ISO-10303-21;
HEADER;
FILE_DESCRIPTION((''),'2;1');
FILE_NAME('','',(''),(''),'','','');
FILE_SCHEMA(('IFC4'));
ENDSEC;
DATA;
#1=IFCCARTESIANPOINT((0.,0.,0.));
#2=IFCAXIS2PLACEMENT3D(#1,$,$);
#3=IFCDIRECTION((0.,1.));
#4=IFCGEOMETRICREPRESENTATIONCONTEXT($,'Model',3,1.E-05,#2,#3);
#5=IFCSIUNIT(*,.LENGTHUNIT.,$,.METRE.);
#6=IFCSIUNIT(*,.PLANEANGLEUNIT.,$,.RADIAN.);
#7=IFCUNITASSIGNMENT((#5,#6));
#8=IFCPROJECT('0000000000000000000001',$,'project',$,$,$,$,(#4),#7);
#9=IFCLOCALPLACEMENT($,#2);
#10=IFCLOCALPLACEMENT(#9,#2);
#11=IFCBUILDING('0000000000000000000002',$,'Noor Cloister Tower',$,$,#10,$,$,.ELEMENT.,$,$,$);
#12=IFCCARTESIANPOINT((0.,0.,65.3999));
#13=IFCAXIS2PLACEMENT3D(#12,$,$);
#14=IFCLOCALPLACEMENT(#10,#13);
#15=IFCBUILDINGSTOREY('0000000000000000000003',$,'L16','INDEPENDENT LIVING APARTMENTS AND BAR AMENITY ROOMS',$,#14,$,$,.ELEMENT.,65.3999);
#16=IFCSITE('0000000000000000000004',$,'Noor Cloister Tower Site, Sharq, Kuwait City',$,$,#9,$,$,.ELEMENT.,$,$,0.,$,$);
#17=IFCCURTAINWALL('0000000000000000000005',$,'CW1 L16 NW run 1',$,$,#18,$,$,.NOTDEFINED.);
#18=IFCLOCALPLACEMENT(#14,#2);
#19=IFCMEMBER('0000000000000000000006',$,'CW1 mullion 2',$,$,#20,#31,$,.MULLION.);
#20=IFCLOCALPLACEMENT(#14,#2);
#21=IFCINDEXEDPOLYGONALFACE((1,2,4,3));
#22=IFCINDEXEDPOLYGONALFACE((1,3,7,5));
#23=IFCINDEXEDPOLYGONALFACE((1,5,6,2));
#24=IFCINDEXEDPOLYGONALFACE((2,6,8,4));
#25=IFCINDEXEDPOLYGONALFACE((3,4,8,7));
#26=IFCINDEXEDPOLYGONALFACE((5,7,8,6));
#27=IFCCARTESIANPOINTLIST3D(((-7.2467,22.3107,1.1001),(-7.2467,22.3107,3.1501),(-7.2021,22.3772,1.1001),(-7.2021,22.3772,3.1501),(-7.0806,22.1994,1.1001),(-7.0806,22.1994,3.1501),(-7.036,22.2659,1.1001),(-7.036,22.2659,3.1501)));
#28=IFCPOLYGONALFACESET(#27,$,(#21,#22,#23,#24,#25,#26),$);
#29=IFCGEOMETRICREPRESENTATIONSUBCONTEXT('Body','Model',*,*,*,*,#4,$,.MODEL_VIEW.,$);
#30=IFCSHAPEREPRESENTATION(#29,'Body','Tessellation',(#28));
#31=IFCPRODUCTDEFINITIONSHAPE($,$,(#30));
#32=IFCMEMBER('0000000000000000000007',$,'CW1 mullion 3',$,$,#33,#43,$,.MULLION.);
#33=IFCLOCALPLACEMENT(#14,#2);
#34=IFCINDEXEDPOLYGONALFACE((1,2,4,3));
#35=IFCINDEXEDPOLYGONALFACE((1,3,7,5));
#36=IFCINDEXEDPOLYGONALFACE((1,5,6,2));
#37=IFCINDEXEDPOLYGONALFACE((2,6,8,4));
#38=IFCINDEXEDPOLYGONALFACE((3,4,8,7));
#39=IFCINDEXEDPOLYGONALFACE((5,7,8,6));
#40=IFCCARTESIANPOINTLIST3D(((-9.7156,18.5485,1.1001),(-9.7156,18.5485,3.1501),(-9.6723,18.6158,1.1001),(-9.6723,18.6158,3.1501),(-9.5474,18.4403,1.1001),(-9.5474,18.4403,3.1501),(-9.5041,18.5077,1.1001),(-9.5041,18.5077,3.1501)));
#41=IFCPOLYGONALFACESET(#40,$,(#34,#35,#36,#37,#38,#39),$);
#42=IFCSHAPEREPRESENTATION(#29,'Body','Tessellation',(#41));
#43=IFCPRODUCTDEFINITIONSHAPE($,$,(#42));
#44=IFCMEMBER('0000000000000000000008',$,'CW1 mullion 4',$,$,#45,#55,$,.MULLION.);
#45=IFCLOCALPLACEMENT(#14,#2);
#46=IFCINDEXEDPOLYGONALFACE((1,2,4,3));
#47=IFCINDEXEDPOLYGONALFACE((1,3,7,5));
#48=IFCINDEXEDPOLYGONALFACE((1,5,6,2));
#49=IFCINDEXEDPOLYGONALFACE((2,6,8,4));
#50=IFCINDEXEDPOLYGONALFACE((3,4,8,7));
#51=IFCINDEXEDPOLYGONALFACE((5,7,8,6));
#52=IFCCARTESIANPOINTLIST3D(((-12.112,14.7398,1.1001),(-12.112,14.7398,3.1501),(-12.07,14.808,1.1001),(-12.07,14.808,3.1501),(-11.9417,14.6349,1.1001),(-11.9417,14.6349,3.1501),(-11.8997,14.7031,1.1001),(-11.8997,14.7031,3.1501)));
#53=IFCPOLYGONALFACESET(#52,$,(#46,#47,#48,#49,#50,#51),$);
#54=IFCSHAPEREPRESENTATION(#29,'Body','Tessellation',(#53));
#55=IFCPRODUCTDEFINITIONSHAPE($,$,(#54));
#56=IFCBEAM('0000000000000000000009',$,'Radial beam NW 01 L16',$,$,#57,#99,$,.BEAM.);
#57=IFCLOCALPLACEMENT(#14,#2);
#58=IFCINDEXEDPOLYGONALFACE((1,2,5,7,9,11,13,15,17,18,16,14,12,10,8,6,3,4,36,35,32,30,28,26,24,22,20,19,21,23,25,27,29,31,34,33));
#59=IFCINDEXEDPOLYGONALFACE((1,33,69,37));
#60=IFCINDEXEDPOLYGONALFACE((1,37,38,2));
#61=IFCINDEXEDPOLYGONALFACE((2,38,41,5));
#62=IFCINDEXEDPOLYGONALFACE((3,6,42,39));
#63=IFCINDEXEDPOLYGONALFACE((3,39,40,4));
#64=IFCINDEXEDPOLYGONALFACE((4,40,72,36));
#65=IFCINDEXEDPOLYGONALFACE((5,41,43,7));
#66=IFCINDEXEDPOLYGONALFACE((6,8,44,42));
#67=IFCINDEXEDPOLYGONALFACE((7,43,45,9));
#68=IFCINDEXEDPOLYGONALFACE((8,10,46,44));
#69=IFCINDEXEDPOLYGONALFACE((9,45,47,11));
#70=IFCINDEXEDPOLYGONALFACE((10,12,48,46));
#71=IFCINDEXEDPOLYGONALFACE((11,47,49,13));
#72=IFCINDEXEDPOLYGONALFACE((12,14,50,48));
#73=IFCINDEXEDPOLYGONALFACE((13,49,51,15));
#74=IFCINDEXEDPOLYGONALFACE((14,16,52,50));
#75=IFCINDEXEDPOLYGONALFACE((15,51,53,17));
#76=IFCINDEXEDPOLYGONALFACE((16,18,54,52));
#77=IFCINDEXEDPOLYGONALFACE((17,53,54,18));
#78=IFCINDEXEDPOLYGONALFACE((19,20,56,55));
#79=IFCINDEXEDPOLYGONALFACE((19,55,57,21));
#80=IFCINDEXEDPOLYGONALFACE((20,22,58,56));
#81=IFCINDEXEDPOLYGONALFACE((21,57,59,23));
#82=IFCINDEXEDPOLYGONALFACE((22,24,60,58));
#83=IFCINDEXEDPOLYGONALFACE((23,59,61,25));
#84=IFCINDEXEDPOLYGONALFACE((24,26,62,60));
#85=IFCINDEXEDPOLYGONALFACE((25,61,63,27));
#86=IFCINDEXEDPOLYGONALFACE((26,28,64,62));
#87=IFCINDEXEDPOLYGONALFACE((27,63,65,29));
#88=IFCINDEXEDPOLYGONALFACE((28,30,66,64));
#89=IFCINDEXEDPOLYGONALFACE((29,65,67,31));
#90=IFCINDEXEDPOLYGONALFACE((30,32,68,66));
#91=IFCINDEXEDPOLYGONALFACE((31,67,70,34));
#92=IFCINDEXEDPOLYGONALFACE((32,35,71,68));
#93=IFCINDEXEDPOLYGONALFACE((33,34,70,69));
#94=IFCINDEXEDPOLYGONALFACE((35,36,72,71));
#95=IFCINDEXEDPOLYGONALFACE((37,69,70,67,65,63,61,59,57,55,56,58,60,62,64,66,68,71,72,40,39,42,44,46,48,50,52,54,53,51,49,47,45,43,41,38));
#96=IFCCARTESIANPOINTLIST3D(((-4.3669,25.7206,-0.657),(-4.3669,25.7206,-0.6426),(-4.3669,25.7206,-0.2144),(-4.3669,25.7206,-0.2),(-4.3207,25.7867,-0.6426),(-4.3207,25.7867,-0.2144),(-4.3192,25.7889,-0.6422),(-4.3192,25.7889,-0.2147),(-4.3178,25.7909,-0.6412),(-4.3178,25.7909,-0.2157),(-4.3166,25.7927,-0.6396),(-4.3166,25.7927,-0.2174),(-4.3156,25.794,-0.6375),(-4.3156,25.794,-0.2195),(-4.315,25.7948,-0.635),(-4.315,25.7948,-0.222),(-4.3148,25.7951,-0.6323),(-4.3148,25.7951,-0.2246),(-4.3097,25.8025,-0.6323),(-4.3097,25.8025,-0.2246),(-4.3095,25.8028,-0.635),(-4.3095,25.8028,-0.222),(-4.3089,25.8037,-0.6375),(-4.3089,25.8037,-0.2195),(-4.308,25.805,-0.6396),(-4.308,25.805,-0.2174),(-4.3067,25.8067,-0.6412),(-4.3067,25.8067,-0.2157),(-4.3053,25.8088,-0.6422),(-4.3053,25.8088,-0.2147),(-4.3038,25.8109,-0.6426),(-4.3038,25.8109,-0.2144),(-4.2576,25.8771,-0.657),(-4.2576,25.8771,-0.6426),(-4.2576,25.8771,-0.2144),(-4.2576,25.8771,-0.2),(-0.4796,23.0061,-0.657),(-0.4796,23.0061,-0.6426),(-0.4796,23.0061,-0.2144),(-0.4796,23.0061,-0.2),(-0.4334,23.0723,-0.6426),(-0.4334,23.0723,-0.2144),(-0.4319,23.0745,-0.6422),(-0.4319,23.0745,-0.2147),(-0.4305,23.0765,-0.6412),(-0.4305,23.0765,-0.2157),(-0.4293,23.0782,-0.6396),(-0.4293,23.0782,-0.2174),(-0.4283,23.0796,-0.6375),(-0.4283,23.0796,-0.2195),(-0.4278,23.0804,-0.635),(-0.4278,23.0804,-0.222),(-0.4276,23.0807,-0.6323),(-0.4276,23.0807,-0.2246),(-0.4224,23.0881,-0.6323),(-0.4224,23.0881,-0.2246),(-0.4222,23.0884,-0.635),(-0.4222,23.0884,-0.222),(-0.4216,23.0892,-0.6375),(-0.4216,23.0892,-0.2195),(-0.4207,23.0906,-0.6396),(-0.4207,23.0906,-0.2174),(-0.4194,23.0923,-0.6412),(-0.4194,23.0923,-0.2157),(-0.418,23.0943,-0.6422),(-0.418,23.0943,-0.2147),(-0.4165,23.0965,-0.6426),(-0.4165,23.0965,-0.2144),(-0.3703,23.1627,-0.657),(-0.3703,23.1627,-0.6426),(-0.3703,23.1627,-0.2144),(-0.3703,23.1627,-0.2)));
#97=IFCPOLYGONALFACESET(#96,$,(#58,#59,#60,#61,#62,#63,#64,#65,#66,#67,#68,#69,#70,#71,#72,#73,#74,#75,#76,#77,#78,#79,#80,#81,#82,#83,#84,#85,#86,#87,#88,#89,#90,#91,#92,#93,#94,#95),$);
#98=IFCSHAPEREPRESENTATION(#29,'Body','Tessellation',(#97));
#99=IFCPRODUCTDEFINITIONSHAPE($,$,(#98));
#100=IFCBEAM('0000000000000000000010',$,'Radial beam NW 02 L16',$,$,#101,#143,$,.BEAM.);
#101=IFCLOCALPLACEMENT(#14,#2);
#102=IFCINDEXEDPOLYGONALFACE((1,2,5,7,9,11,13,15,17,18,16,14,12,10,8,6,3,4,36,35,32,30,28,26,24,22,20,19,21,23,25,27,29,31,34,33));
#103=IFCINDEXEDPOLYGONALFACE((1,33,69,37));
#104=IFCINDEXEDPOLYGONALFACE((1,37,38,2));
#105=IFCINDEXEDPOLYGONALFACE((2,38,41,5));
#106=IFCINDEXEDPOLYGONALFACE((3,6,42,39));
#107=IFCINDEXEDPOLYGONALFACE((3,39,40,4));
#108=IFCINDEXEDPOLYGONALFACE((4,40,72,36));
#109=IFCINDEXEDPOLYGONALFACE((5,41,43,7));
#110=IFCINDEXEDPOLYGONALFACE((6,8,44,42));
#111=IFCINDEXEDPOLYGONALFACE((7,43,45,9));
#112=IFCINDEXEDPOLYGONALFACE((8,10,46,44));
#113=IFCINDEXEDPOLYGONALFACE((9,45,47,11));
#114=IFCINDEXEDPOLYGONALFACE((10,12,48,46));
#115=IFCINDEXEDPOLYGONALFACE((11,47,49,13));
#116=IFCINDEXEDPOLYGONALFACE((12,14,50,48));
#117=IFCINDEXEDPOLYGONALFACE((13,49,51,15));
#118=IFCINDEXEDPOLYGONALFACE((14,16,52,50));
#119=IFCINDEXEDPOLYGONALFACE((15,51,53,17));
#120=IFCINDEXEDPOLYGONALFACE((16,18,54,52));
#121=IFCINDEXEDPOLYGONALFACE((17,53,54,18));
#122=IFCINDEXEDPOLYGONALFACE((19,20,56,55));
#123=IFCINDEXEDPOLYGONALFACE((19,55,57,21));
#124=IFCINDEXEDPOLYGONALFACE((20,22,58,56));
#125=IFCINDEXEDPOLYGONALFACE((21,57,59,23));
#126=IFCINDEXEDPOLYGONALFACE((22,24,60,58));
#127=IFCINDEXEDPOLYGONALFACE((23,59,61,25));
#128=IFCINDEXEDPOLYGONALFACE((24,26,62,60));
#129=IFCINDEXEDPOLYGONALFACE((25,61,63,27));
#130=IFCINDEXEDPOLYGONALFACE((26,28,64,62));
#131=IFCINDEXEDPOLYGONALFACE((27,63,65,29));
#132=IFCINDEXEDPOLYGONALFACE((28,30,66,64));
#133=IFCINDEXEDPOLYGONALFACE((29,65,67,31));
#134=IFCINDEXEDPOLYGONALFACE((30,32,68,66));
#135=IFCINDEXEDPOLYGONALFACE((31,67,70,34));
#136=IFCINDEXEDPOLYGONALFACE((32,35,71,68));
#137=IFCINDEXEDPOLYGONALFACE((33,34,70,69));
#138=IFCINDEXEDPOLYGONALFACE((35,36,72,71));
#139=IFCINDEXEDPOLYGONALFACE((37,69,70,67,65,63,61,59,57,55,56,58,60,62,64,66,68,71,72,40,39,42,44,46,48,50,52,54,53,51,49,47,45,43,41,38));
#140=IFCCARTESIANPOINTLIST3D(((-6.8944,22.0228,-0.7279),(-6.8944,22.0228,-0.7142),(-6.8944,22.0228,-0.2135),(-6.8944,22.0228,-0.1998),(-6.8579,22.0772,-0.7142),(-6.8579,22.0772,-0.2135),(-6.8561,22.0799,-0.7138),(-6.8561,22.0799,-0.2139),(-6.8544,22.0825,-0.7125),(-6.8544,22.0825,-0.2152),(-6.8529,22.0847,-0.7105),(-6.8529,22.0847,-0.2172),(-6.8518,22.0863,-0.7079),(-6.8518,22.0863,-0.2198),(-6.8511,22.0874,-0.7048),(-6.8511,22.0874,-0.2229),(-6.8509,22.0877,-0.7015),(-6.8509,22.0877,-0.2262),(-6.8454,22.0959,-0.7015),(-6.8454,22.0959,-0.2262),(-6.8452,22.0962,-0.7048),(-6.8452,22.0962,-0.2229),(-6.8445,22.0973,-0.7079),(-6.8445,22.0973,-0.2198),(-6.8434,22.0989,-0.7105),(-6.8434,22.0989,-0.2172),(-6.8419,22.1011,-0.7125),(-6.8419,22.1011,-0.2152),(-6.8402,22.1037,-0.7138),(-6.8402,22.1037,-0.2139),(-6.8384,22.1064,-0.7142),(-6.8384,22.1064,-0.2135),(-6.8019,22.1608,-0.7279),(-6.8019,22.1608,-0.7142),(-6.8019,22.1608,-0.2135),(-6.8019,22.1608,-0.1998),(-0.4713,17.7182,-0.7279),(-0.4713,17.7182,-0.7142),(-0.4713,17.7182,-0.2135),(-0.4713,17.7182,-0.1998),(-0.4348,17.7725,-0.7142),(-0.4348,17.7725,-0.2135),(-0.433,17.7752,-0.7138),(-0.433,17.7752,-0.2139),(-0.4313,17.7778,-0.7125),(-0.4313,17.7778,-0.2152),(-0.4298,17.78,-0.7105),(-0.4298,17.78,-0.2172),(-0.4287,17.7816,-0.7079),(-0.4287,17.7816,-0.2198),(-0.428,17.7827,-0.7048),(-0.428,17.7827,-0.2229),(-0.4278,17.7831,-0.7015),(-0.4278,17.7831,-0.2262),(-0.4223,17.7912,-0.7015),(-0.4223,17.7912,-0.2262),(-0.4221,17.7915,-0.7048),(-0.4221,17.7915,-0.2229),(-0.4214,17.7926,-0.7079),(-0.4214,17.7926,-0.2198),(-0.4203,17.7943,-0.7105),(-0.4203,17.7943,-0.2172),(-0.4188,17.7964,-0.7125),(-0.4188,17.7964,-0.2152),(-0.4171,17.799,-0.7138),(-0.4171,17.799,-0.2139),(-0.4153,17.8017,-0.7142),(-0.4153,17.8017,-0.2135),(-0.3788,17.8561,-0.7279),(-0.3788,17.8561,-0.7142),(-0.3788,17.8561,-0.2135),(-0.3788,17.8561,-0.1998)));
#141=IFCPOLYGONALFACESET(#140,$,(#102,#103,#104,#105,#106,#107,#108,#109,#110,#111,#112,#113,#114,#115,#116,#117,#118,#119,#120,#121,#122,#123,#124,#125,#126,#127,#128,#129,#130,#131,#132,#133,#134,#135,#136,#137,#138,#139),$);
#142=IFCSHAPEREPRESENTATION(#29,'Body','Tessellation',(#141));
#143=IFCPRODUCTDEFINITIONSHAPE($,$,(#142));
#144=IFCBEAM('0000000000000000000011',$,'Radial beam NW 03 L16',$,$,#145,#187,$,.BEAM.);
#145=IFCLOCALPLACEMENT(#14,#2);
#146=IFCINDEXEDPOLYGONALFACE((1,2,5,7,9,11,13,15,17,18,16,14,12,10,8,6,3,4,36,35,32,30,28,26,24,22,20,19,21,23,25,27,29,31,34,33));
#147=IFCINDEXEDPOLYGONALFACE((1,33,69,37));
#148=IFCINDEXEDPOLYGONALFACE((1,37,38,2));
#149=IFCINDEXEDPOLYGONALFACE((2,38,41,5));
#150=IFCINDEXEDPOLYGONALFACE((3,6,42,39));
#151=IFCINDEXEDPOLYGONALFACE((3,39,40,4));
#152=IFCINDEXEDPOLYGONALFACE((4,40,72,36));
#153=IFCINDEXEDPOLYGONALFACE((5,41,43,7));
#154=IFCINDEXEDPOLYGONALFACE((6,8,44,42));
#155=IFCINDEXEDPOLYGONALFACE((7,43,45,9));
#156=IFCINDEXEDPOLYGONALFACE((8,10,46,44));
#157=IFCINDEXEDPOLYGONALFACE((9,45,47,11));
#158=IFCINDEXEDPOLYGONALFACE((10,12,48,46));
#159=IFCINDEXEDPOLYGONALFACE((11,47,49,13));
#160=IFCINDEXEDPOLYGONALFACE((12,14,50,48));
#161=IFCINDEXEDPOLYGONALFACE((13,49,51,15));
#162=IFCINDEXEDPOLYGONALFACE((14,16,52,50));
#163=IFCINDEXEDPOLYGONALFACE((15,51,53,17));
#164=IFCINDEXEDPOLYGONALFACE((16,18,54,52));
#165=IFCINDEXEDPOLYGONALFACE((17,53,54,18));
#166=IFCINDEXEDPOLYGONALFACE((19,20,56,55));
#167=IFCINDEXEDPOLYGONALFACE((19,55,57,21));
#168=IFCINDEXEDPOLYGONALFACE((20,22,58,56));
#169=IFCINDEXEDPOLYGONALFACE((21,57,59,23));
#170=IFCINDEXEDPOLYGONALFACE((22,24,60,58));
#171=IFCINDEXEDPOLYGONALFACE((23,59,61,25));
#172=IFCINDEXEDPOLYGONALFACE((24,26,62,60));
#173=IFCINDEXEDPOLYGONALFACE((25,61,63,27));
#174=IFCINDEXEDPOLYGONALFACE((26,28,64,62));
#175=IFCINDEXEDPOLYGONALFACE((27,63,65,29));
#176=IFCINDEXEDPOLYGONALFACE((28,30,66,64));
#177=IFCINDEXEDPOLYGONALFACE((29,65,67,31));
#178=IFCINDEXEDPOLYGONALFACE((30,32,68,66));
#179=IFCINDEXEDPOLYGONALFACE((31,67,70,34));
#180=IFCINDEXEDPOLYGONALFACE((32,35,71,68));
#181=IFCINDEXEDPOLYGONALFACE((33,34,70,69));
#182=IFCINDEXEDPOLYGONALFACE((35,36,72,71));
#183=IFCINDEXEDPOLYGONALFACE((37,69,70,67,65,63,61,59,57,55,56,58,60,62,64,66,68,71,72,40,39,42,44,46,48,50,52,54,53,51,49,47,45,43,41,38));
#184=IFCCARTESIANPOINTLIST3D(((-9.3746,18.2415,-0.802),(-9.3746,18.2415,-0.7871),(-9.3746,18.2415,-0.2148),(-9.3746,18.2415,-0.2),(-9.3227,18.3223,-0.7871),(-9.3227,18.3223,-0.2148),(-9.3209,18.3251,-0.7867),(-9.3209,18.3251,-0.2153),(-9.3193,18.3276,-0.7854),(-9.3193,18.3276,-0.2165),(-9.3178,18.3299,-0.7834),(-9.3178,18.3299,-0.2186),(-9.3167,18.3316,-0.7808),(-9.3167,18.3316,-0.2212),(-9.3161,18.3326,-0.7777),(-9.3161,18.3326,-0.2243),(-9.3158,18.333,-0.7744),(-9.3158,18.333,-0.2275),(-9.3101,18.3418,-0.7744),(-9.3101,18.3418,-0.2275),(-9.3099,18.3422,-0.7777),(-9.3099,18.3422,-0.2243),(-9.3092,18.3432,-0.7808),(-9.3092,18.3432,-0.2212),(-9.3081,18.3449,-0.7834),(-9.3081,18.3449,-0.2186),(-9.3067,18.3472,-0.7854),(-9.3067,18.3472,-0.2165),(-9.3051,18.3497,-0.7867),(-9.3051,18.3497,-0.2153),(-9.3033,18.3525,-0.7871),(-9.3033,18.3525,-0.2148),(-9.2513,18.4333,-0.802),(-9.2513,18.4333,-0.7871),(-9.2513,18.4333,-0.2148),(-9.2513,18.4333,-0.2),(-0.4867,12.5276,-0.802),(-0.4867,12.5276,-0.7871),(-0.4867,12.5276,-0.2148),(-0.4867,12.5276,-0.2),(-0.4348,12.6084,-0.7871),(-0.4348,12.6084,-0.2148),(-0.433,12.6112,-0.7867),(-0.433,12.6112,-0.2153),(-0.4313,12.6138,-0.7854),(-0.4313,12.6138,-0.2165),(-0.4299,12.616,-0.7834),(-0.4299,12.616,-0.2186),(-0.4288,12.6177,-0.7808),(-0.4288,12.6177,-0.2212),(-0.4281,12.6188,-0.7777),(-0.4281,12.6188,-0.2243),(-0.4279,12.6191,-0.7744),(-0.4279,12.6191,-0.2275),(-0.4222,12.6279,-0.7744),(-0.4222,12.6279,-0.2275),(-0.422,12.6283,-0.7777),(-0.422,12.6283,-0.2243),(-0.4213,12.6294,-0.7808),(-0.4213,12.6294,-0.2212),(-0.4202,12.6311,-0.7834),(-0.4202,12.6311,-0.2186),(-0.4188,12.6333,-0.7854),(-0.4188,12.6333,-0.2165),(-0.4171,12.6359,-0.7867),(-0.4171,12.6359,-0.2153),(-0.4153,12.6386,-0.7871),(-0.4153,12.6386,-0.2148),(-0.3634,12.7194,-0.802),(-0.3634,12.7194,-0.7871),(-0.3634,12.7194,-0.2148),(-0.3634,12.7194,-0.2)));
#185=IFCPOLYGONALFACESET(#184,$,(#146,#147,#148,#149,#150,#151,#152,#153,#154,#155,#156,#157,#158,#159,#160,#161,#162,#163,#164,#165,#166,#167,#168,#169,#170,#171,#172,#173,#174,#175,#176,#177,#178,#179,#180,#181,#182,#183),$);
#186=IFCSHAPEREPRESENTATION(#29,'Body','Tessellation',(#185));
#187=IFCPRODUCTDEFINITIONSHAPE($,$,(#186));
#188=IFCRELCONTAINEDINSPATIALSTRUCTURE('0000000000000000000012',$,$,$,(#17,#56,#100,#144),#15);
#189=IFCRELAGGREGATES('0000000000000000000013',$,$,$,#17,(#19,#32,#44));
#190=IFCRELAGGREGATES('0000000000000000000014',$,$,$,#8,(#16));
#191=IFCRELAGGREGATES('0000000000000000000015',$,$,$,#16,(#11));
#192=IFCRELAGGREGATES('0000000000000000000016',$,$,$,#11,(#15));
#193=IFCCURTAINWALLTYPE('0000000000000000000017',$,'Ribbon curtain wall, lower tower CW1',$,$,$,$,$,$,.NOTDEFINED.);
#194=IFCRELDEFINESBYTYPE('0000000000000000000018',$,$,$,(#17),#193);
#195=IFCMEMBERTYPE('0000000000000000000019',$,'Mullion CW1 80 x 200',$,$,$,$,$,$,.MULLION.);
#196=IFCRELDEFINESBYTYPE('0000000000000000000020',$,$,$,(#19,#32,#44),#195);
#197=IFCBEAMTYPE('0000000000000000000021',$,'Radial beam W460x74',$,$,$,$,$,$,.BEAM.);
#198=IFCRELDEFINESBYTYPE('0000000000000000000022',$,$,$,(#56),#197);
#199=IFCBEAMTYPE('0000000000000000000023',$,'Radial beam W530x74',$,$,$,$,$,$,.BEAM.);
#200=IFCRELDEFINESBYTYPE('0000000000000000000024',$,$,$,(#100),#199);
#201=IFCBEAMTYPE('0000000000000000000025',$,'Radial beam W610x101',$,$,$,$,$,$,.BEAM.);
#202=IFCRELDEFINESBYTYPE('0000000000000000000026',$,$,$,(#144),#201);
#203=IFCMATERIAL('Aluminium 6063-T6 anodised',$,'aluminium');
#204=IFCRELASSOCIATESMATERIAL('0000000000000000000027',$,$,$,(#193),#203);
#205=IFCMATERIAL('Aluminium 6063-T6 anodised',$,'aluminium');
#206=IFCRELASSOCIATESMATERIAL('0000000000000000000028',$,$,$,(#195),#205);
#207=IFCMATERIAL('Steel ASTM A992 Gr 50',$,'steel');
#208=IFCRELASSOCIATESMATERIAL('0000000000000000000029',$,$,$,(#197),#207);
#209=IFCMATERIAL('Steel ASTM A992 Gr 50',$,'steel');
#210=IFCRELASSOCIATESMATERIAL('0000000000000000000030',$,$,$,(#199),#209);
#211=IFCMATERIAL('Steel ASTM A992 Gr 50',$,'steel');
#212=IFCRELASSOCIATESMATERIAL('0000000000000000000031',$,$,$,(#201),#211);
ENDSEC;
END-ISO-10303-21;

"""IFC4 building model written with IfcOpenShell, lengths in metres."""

from ifc_helpers import new_model, si_unit, direction, frame, origin, origin_2d, place, context, subcontext, project, spatial, rectangle, i_section, extrude, material, material_profile, profile_set, type_object, element, aggregate, save


model = new_model("IFC4")

# Units and contexts
model_context = context("Model", 3, precision=1e-05, world=origin(), true_north=direction((0.0, 1.0)))
body_context = subcontext(model_context, "Body", "Model", "MODEL_VIEW")
ifc_project = project(units=[si_unit("LENGTHUNIT", "METRE"), si_unit("PLANEANGLEUNIT", "RADIAN")], contexts=[model_context])

# Site, building, storey
site_placement = place(None, origin())
site = spatial("IfcSite", under=ifc_project, at=site_placement, Name="Noor Cloister Tower Site, Sharq, Kuwait City", CompositionType="ELEMENT", RefElevation=0.0)
building_placement = place(site_placement, origin())
building = spatial("IfcBuilding", under=site, at=building_placement, Name="Noor Cloister Tower", CompositionType="ELEMENT")
storey_placement = place(building_placement, frame((0.0, 0.0, 65.3999)))
storey = spatial("IfcBuildingStorey", under=building, at=storey_placement, Name="L16", Description="INDEPENDENT LIVING APARTMENTS AND BAR AMENITY ROOMS", CompositionType="ELEMENT", Elevation=65.3999)

# Curtain wall, members
ifc_material_1 = material(Name="Aluminium 6063-T6 anodised", Category="aluminium")
curtain_wall_type = type_object("IfcCurtainWallType", Name="Ribbon curtain wall, lower tower CW1", PredefinedType="NOTDEFINED", material=ifc_material_1)
curtain_wall_placement = place(storey_placement, origin())
curtain_wall = element("IfcCurtainWall", 1, at=curtain_wall_placement, inside=storey, type_object=curtain_wall_type, Name="CW1 L16 NW run 1", PredefinedType="NOTDEFINED")
ifc_material_2 = material(Name="Aluminium 6063-T6 anodised", Category="aluminium")
ifc_material_profile_1 = material_profile(ifc_material_2, rectangle(XDim=0.2, YDim=0.0801, at=origin_2d()), Name="200 x 80 mullion")
ifc_profile_set_1 = profile_set([ifc_material_profile_1], Name="Aluminium 6063-T6 anodised")
member_type = type_object("IfcMemberType", Name="Mullion CW1 80 x 200", PredefinedType="MULLION", material=ifc_profile_set_1)
member_1_placement = place(storey_placement, frame((-7.1414, 22.2883, 1.1001), z_axis=(0.0, 0.0, 1.0), x_axis=(0.830698, -0.556723, 0.0)))
member_1 = element("IfcMember", 2, at=member_1_placement, type_object=member_type, Name="CW1 mullion 2", PredefinedType="MULLION", context=body_context, shape_type="SweptSolid", body=[
    extrude(rectangle(XDim=0.2, YDim=0.0801, at=origin_2d()), origin(), (0.0, 0.0, 1.0), 2.05),
])
member_2_placement = place(storey_placement, frame((-9.6099, 18.5281, 1.1001), z_axis=(0.0, 0.0, 1.0), x_axis=(0.841177, -0.540759, 0.0)))
member_2 = element("IfcMember", 3, at=member_2_placement, type_object=member_type, Name="CW1 mullion 3", PredefinedType="MULLION", context=body_context, shape_type="SweptSolid", body=[
    extrude(rectangle(XDim=0.2, YDim=0.0801, at=origin_2d()), origin(), (0.0, 0.0, 1.0), 2.05),
])
member_3_placement = place(storey_placement, frame((-12.0059, 14.7214, 1.1001), z_axis=(0.0, 0.0, 1.0), x_axis=(0.85135, -0.524598, 0.0)))
member_3 = element("IfcMember", 4, at=member_3_placement, type_object=member_type, Name="CW1 mullion 4", PredefinedType="MULLION", context=body_context, shape_type="SweptSolid", body=[
    extrude(rectangle(XDim=0.2, YDim=0.0801, at=origin_2d()), origin(), (0.0, 0.0, 1.0), 2.05),
])

# Beams
ifc_material_3 = material(Name="Steel ASTM A992 Gr 50", Category="steel")
ifc_material_profile_2 = material_profile(ifc_material_3, i_section(OverallWidth=0.1909, OverallDepth=0.457, WebThickness=0.009, FlangeThickness=0.0144, FilletRadius=0.0103, at=origin_2d()), Name="W460x74")
ifc_profile_set_2 = profile_set([ifc_material_profile_2], Name="Steel ASTM A992 Gr 50")
beam_type_1 = type_object("IfcBeamType", Name="Radial beam W460x74", PredefinedType="BEAM", material=ifc_profile_set_2)
beam_1_placement = place(storey_placement, frame((-4.3123, 25.7988, -0.4285), z_axis=(0.819894, -0.572515, 0.0), x_axis=(0.572515, 0.819894, 0.0)))
element("IfcBeam", 5, at=beam_1_placement, inside=storey, type_object=beam_type_1, Name="Radial beam NW 01 L16", PredefinedType="BEAM", context=body_context, shape_type="SweptSolid", body=[
    extrude(i_section(OverallWidth=0.1909, OverallDepth=0.457, WebThickness=0.009, FlangeThickness=0.0144, FilletRadius=0.0103, at=origin_2d()), origin(), (0.0, 0.0, 1.0), 4.7412),
])
ifc_material_4 = material(Name="Steel ASTM A992 Gr 50", Category="steel")
ifc_material_profile_3 = material_profile(ifc_material_4, i_section(OverallWidth=0.166, OverallDepth=0.5281, WebThickness=0.0098, FlangeThickness=0.0137, FilletRadius=0.0127, at=origin_2d()), Name="W530x74")
ifc_profile_set_3 = profile_set([ifc_material_profile_3], Name="Steel ASTM A992 Gr 50")
beam_type_2 = type_object("IfcBeamType", Name="Radial beam W530x74", PredefinedType="BEAM", material=ifc_profile_set_3)
beam_2_placement = place(storey_placement, frame((-6.8481, 22.0918, -0.4639), z_axis=(0.830697, -0.556724, 0.0), x_axis=(0.556724, 0.830697, 0.0)))
element("IfcBeam", 6, at=beam_2_placement, inside=storey, type_object=beam_type_2, Name="Radial beam NW 02 L16", PredefinedType="BEAM", context=body_context, shape_type="SweptSolid", body=[
    extrude(i_section(OverallWidth=0.166, OverallDepth=0.5281, WebThickness=0.0098, FlangeThickness=0.0137, FilletRadius=0.0127, at=origin_2d()), origin(), (0.0, 0.0, 1.0), 7.7322),
])
ifc_material_5 = material(Name="Steel ASTM A992 Gr 50", Category="steel")
ifc_material_profile_4 = material_profile(ifc_material_5, i_section(OverallWidth=0.228, OverallDepth=0.6021, WebThickness=0.0105, FlangeThickness=0.0149, FilletRadius=0.0127, at=origin_2d()), Name="W610x101")
ifc_profile_set_4 = profile_set([ifc_material_profile_4], Name="Steel ASTM A992 Gr 50")
beam_type_3 = type_object("IfcBeamType", Name="Radial beam W610x101", PredefinedType="BEAM", material=ifc_profile_set_4)
beam_3_placement = place(storey_placement, frame((-9.313, 18.3374, -0.501), z_axis=(0.84117, -0.54077, 0.0), x_axis=(0.54077, 0.84117, 0.0)))
element("IfcBeam", 7, at=beam_3_placement, inside=storey, type_object=beam_type_3, Name="Radial beam NW 03 L16", PredefinedType="BEAM", context=body_context, shape_type="SweptSolid", body=[
    extrude(i_section(OverallWidth=0.228, OverallDepth=0.6021, WebThickness=0.0105, FlangeThickness=0.0149, FilletRadius=0.0127, at=origin_2d()), origin(), (0.0, 0.0, 1.0), 10.5662),
])

aggregate(curtain_wall, [member_1, member_2, member_3])

save(model, "model.ifc")
